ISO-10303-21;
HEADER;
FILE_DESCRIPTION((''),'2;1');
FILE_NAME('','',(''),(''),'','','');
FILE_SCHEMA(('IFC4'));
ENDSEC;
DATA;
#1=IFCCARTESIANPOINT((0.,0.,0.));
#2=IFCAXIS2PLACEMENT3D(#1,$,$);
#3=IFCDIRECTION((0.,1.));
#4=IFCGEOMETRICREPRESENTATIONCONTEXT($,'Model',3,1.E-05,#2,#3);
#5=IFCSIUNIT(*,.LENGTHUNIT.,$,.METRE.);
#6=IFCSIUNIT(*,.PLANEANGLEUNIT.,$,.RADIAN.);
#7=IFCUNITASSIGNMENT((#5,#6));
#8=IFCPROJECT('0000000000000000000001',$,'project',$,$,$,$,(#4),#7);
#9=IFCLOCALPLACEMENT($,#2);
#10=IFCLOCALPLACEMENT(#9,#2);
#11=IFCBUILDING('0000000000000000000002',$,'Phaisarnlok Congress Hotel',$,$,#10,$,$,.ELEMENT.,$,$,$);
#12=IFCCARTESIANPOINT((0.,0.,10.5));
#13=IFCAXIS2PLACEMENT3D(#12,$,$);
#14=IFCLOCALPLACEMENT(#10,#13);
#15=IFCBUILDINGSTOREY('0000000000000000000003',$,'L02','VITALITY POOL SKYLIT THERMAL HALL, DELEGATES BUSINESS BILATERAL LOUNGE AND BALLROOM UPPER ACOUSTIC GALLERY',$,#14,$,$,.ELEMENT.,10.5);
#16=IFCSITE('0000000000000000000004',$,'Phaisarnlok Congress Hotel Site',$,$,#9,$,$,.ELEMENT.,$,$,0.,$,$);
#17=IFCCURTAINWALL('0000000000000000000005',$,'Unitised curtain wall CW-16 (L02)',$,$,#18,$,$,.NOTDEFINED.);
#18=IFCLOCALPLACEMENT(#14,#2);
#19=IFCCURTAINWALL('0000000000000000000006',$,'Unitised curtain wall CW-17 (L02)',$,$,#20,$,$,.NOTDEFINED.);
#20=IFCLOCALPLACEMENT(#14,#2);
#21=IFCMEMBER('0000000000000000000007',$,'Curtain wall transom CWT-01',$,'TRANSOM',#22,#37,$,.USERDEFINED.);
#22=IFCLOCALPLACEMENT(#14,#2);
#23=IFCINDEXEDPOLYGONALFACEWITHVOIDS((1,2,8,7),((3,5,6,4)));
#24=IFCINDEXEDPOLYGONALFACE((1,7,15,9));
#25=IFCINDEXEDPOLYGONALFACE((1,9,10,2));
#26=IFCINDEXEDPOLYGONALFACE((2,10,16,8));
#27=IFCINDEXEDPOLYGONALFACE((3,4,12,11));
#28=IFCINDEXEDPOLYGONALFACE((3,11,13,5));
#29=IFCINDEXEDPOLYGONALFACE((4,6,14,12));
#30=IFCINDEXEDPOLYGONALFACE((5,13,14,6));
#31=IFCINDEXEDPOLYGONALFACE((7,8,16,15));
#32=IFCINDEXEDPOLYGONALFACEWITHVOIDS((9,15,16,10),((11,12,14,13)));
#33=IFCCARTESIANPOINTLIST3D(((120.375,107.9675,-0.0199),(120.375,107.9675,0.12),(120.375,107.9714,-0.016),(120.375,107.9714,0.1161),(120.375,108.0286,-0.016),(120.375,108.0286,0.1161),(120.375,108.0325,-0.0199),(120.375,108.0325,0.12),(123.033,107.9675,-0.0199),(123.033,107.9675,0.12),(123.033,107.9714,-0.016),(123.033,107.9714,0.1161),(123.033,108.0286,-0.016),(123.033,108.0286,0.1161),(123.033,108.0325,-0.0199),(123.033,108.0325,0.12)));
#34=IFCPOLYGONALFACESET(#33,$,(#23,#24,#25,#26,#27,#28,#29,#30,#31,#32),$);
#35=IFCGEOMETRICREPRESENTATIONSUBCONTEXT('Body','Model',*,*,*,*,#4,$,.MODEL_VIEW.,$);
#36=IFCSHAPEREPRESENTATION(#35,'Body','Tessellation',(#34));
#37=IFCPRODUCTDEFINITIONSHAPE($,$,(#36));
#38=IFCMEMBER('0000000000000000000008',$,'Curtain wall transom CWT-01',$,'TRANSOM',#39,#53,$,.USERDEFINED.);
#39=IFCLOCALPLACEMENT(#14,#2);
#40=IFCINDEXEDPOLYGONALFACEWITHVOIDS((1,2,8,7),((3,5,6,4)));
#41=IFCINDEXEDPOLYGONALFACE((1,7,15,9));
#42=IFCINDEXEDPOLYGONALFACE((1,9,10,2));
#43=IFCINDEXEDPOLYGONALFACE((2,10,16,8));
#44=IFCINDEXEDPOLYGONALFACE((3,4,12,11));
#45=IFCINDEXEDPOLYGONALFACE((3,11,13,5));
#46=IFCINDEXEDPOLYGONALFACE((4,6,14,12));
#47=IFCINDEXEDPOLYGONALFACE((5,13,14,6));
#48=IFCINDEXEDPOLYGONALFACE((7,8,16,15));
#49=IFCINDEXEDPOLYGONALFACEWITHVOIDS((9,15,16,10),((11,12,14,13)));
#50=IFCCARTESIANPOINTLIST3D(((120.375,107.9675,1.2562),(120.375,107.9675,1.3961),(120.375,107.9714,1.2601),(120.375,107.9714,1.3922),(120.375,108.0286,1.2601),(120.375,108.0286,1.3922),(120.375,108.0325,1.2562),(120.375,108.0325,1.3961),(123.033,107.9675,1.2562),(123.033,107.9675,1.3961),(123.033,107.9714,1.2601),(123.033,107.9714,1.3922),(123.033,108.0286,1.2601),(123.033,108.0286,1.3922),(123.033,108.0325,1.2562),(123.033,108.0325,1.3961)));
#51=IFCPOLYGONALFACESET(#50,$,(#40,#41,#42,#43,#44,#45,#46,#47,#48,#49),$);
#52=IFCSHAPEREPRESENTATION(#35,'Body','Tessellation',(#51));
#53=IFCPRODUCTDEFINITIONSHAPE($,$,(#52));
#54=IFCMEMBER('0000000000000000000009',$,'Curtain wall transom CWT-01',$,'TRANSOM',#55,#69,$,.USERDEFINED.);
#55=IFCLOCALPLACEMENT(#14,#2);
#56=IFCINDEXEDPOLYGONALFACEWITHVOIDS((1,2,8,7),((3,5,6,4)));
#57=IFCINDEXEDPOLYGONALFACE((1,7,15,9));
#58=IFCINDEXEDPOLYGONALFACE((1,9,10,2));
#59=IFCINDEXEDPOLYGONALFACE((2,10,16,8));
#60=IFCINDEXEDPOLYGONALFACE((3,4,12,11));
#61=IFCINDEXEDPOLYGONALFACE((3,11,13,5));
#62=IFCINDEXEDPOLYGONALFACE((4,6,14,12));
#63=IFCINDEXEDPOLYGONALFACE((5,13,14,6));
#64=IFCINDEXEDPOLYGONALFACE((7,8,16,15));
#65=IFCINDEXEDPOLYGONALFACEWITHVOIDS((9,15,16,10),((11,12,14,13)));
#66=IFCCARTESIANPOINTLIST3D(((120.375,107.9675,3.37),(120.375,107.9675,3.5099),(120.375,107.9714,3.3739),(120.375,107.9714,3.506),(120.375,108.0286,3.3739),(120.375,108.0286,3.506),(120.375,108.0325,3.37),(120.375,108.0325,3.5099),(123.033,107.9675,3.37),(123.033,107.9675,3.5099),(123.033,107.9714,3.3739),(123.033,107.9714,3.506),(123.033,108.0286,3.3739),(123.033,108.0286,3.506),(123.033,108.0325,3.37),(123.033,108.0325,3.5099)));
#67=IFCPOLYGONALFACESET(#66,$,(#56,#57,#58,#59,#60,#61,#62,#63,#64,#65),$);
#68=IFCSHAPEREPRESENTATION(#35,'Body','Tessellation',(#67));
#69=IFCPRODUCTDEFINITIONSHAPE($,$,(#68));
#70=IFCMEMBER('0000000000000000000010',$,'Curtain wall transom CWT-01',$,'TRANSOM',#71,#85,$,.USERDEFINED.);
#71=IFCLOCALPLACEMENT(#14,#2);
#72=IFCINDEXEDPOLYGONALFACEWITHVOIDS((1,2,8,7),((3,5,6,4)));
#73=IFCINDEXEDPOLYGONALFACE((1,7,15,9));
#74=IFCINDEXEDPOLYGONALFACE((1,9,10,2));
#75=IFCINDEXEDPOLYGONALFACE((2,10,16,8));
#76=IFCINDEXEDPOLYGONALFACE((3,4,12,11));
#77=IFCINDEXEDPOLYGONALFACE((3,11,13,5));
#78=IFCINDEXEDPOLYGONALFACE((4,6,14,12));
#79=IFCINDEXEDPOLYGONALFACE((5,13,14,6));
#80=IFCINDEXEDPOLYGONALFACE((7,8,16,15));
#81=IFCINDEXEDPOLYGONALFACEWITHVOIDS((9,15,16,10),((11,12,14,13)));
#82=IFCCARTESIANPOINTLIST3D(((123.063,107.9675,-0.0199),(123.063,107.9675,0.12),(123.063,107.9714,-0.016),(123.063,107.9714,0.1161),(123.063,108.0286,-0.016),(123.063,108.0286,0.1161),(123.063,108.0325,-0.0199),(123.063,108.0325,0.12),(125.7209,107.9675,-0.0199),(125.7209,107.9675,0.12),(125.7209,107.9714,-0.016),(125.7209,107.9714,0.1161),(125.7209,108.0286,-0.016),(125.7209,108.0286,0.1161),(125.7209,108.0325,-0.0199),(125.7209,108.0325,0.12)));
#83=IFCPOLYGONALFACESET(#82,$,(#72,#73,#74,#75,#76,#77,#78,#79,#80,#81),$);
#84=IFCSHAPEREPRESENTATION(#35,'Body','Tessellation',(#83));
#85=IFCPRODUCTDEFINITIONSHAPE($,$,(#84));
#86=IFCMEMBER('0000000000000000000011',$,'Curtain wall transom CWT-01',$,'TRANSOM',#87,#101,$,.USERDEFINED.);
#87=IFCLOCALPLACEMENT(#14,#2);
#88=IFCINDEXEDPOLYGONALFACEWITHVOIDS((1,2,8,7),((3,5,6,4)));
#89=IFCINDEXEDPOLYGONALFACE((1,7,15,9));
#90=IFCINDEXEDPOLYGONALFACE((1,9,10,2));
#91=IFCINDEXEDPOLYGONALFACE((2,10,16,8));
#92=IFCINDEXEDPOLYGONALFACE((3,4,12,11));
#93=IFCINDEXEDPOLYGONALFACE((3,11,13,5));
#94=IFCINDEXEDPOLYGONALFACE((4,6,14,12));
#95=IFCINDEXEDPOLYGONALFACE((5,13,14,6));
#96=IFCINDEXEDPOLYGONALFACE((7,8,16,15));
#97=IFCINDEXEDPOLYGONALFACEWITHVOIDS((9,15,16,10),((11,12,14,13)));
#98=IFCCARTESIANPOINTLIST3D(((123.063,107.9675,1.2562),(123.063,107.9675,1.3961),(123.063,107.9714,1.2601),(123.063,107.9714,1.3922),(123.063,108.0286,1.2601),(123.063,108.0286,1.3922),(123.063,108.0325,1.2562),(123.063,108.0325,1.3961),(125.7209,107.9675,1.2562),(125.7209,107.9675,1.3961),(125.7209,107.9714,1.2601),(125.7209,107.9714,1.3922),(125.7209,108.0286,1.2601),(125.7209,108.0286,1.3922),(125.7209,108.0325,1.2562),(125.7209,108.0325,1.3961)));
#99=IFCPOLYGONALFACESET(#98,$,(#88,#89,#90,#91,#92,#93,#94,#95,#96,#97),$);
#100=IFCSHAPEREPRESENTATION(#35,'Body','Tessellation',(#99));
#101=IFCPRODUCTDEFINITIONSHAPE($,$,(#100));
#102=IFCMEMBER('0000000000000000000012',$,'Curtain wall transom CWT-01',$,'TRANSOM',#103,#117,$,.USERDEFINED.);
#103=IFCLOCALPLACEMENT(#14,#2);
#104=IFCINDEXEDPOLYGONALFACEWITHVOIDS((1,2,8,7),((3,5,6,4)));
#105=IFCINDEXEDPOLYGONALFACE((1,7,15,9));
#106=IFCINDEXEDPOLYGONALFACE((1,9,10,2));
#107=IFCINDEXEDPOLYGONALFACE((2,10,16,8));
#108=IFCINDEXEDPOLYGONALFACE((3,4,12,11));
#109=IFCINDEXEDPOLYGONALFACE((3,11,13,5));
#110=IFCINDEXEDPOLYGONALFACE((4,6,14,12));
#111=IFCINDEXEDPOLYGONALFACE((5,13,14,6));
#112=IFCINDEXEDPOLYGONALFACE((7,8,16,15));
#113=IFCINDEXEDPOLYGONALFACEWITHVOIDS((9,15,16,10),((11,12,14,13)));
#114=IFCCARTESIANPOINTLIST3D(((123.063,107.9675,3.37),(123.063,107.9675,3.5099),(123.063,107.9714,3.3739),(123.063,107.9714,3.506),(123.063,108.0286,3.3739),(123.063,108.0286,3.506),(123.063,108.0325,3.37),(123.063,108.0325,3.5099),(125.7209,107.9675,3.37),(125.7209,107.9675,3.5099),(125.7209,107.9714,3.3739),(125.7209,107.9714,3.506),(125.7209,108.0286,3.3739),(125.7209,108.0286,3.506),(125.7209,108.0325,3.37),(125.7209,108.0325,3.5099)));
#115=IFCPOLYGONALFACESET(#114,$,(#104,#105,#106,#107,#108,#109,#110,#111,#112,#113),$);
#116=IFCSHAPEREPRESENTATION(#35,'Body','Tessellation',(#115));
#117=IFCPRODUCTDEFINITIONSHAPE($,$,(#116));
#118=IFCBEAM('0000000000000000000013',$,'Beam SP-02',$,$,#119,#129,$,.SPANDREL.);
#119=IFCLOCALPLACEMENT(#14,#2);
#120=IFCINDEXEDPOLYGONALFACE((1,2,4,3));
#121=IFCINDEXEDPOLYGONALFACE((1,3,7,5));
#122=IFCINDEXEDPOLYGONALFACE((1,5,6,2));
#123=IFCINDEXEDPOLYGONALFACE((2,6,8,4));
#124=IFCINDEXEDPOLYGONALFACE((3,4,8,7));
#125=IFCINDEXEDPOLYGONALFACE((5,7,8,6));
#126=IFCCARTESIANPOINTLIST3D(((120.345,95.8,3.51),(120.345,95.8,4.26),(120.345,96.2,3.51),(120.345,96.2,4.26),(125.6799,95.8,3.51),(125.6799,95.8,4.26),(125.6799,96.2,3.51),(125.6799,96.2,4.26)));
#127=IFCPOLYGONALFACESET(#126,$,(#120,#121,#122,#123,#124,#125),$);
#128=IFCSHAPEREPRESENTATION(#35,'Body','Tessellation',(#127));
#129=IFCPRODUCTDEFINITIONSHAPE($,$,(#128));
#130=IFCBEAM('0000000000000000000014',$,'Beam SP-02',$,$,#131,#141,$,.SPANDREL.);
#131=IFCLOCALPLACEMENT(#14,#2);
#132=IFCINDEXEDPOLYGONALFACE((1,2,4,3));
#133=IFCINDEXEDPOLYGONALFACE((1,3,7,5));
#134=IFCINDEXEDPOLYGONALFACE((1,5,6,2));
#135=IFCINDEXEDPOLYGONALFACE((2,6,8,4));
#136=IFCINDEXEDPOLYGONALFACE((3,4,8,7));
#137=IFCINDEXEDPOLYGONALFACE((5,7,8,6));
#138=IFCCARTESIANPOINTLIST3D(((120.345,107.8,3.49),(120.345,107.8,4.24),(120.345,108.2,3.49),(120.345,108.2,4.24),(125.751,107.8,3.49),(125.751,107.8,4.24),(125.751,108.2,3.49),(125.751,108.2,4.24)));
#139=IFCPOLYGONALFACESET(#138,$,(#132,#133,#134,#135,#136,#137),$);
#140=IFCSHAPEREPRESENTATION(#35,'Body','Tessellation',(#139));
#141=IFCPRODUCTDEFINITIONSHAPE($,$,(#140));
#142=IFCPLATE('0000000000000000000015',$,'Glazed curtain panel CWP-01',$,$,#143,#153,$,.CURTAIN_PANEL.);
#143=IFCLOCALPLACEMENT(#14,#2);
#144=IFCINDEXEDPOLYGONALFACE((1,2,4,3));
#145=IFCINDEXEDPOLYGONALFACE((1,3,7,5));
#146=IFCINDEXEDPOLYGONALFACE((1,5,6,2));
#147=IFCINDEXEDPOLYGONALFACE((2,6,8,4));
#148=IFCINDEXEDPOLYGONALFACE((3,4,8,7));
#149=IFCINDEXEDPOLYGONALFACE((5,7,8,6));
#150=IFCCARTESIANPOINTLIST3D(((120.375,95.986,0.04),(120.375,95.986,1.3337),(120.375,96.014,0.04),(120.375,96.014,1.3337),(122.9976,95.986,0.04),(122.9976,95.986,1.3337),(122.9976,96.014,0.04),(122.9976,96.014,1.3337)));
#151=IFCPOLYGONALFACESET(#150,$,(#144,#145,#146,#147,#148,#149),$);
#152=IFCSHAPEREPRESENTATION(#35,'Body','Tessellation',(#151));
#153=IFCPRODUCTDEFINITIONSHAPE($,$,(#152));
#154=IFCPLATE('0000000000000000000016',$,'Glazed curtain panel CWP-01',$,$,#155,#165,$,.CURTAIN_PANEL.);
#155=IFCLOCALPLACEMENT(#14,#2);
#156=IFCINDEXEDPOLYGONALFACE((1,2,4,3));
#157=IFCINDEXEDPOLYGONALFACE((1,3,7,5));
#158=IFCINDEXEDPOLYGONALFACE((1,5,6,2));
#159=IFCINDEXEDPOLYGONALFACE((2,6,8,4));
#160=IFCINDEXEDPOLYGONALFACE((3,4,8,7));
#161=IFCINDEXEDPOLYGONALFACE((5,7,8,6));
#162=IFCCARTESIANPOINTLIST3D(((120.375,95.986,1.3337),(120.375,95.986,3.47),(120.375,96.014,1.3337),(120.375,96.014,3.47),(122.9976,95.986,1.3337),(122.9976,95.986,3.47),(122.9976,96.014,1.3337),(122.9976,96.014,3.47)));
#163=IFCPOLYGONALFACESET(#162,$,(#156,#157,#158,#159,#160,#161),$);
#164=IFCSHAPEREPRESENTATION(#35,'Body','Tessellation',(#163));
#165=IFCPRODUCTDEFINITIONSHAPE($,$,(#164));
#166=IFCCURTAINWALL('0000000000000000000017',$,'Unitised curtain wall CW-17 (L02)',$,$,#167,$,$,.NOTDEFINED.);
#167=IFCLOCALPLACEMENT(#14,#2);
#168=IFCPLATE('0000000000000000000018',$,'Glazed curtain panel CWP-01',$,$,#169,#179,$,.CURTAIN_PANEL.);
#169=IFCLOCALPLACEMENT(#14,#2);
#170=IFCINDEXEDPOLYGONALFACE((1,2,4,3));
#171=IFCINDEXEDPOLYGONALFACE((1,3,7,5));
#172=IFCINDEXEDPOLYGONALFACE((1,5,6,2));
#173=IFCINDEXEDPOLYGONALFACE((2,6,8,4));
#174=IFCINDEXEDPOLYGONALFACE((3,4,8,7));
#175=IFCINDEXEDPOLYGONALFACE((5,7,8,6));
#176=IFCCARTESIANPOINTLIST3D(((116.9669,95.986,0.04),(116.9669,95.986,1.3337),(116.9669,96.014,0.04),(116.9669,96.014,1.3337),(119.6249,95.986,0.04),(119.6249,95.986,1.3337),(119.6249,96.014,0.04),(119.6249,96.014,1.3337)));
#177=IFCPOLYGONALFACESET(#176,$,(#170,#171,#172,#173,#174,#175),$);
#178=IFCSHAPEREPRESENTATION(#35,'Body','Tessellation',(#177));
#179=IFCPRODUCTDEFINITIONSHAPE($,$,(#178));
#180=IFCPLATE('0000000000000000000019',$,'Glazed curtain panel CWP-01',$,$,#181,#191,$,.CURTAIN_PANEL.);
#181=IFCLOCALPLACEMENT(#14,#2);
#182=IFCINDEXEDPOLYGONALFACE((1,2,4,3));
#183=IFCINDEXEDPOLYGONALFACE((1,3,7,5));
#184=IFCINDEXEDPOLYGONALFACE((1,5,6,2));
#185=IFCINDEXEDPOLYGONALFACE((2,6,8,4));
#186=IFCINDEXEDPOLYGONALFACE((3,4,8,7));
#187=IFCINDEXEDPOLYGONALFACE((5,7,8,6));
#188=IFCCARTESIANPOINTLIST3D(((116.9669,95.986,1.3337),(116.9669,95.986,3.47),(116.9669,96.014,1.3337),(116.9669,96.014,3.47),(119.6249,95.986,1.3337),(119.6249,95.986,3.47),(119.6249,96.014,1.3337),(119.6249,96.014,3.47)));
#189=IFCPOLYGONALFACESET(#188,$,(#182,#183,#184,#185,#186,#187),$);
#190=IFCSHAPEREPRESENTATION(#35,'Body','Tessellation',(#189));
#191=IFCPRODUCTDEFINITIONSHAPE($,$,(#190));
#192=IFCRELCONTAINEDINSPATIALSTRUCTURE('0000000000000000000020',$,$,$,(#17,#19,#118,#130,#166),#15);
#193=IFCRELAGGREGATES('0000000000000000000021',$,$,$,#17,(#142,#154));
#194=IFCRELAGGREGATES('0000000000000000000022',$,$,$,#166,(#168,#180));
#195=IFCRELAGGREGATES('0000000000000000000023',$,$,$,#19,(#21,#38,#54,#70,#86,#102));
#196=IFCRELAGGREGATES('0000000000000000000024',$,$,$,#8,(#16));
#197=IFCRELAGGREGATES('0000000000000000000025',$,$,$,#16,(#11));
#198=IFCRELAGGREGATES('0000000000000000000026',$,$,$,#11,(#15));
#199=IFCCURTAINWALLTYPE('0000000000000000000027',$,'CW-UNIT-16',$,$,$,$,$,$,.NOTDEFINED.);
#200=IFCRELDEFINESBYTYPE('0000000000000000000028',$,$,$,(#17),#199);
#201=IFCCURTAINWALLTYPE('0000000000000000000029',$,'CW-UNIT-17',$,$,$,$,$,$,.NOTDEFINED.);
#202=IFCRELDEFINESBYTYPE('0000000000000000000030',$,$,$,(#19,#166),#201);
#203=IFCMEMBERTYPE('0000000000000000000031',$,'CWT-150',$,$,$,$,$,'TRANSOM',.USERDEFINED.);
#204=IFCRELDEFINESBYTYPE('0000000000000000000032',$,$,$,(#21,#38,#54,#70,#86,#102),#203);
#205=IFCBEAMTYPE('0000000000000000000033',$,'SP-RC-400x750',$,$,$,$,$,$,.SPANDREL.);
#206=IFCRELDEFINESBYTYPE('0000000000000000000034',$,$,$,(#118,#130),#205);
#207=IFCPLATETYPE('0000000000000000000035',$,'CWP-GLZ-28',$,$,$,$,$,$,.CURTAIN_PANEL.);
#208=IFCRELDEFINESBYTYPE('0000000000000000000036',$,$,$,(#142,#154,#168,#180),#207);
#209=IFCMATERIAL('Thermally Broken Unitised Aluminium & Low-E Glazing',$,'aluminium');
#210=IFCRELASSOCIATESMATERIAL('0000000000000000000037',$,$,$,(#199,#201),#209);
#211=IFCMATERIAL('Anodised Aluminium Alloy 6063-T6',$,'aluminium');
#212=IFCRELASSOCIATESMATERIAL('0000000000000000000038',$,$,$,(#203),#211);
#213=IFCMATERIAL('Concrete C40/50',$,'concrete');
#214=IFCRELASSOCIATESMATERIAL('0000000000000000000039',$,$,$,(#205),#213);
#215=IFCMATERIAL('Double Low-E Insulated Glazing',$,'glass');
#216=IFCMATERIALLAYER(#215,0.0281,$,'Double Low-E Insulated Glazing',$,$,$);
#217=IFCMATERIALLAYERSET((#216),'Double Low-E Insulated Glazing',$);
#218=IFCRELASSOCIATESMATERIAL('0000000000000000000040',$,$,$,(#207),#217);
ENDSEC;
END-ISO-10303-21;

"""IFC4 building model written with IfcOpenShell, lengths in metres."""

from ifc_helpers import new_model, si_unit, direction, frame, frame_2d, origin, origin_2d, place, context, subcontext, project, spatial, rectangle, hollow_rectangle, extrude, material, layer, layer_set, material_profile, profile_set, type_object, element, aggregate, save


model = new_model("IFC4")

# Units and contexts
model_context = context("Model", 3, precision=1e-05, world=origin(), true_north=direction((0.0, 1.0)))
body_context = subcontext(model_context, "Body", "Model", "MODEL_VIEW")
ifc_project = project(units=[si_unit("LENGTHUNIT", "METRE"), si_unit("PLANEANGLEUNIT", "RADIAN")], contexts=[model_context])

# Site, building, storey
site_placement = place(None, origin())
site = spatial("IfcSite", under=ifc_project, at=site_placement, Name="Phaisarnlok Congress Hotel Site", CompositionType="ELEMENT", RefElevation=0.0)
building_placement = place(site_placement, origin())
building = spatial("IfcBuilding", under=site, at=building_placement, Name="Phaisarnlok Congress Hotel", CompositionType="ELEMENT")
storey_placement = place(building_placement, frame((0.0, 0.0, 10.5)))
storey = spatial("IfcBuildingStorey", under=building, at=storey_placement, Name="L02", Description="VITALITY POOL SKYLIT THERMAL HALL, DELEGATES BUSINESS BILATERAL LOUNGE AND BALLROOM UPPER ACOUSTIC GALLERY", CompositionType="ELEMENT", Elevation=10.5)

# Curtain walls
ifc_material_1 = material(Name="Thermally Broken Unitised Aluminium & Low-E Glazing", Category="aluminium")
curtain_wall_type_1 = type_object("IfcCurtainWallType", Name="CW-UNIT-16", PredefinedType="NOTDEFINED", material=ifc_material_1)
curtain_wall_1_placement = place(storey_placement, origin())
curtain_wall_1 = element("IfcCurtainWall", 1, at=curtain_wall_1_placement, inside=storey, type_object=curtain_wall_type_1, Name="Unitised curtain wall CW-16 (L02)", PredefinedType="NOTDEFINED")
ifc_material_2 = material(Name="Anodised Aluminium Alloy 6063-T6", Category="aluminium")
curtain_wall_type_2 = type_object("IfcCurtainWallType", Name="CW-UNIT-17", PredefinedType="NOTDEFINED", material=ifc_material_1)
curtain_wall_2_placement = place(storey_placement, origin())
curtain_wall_2 = element("IfcCurtainWall", 2, at=curtain_wall_2_placement, inside=storey, type_object=curtain_wall_type_2, Name="Unitised curtain wall CW-17 (L02)", PredefinedType="NOTDEFINED")

# Members
ifc_material_profile_1 = material_profile(ifc_material_2, hollow_rectangle(XDim=0.0649, YDim=0.1399, WallThickness=0.0039, at=origin_2d()), Name="ALU-T 65x140x4")
ifc_profile_set_1 = profile_set([ifc_material_profile_1], Name="Anodised Aluminium Alloy 6063-T6")
member_type_1 = type_object("IfcMemberType", Name="CWT-150", ElementType="TRANSOM", PredefinedType="USERDEFINED", material=ifc_profile_set_1)
member_1_placement = place(storey_placement, frame((120.375, 108.0, 0.05), z_axis=(1.0, 0.0, 0.0), x_axis=(0.0, 1.0, 0.0)))
member_1 = element("IfcMember", 3, at=member_1_placement, type_object=member_type_1, Name="Curtain wall transom CWT-01", ObjectType="TRANSOM", PredefinedType="USERDEFINED", context=body_context, shape_type="SweptSolid", body=[
    extrude(hollow_rectangle(XDim=0.0649, YDim=0.1399, WallThickness=0.0039, at=origin_2d()), origin(), (0.0, 0.0, 1.0), 2.658),
])
member_2_placement = place(storey_placement, frame((120.375, 108.0, 1.3262), z_axis=(1.0, 0.0, 0.0), x_axis=(0.0, 1.0, 0.0)))
member_2 = element("IfcMember", 4, at=member_2_placement, type_object=member_type_1, Name="Curtain wall transom CWT-01", ObjectType="TRANSOM", PredefinedType="USERDEFINED", context=body_context, shape_type="SweptSolid", body=[
    extrude(hollow_rectangle(XDim=0.0649, YDim=0.1399, WallThickness=0.0039, at=origin_2d()), origin(), (0.0, 0.0, 1.0), 2.658),
])
member_3_placement = place(storey_placement, frame((120.375, 108.0, 3.4399), z_axis=(1.0, 0.0, 0.0), x_axis=(0.0, 1.0, 0.0)))
member_3 = element("IfcMember", 5, at=member_3_placement, type_object=member_type_1, Name="Curtain wall transom CWT-01", ObjectType="TRANSOM", PredefinedType="USERDEFINED", context=body_context, shape_type="SweptSolid", body=[
    extrude(hollow_rectangle(XDim=0.0649, YDim=0.1399, WallThickness=0.0039, at=origin_2d()), origin(), (0.0, 0.0, 1.0), 2.658),
])
member_4_placement = place(storey_placement, frame((123.063, 108.0, 0.05), z_axis=(1.0, 0.0, 0.0), x_axis=(0.0, 1.0, 0.0)))
member_4 = element("IfcMember", 6, at=member_4_placement, type_object=member_type_1, Name="Curtain wall transom CWT-01", ObjectType="TRANSOM", PredefinedType="USERDEFINED", context=body_context, shape_type="SweptSolid", body=[
    extrude(hollow_rectangle(XDim=0.0649, YDim=0.1399, WallThickness=0.0039, at=origin_2d()), origin(), (0.0, 0.0, 1.0), 2.658),
])
member_5_placement = place(storey_placement, frame((123.063, 108.0, 1.3262), z_axis=(1.0, 0.0, 0.0), x_axis=(0.0, 1.0, 0.0)))
member_5 = element("IfcMember", 7, at=member_5_placement, type_object=member_type_1, Name="Curtain wall transom CWT-01", ObjectType="TRANSOM", PredefinedType="USERDEFINED", context=body_context, shape_type="SweptSolid", body=[
    extrude(hollow_rectangle(XDim=0.0649, YDim=0.1399, WallThickness=0.0039, at=origin_2d()), origin(), (0.0, 0.0, 1.0), 2.658),
])
member_6_placement = place(storey_placement, frame((123.063, 108.0, 3.4399), z_axis=(1.0, 0.0, 0.0), x_axis=(0.0, 1.0, 0.0)))
member_6 = element("IfcMember", 8, at=member_6_placement, type_object=member_type_1, Name="Curtain wall transom CWT-01", ObjectType="TRANSOM", PredefinedType="USERDEFINED", context=body_context, shape_type="SweptSolid", body=[
    extrude(hollow_rectangle(XDim=0.0649, YDim=0.1399, WallThickness=0.0039, at=origin_2d()), origin(), (0.0, 0.0, 1.0), 2.658),
])

# Beams
ifc_material_3 = material(Name="Concrete C40/50", Category="concrete")
ifc_material_profile_2 = material_profile(ifc_material_3, rectangle(XDim=0.3999, YDim=0.75, at=origin_2d()), Name="RC 400x750")
ifc_profile_set_2 = profile_set([ifc_material_profile_2], Name="Concrete C40/50")
beam_type = type_object("IfcBeamType", Name="SP-RC-400x750", PredefinedType="SPANDREL", material=ifc_profile_set_2)
beam_1_placement = place(storey_placement, frame((120.345, 96.0, 3.885), z_axis=(1.0, 0.0, 0.0), x_axis=(0.0, 1.0, 0.0)))
element("IfcBeam", 9, at=beam_1_placement, inside=storey, type_object=beam_type, Name="Beam SP-02", PredefinedType="SPANDREL", context=body_context, shape_type="SweptSolid", body=[
    extrude(rectangle(XDim=0.3999, YDim=0.75, at=origin_2d()), origin(), (0.0, 0.0, 1.0), 5.335),
])
beam_2_placement = place(storey_placement, frame((120.345, 108.0, 3.865), z_axis=(1.0, 0.0, 0.0), x_axis=(0.0, 1.0, 0.0)))
element("IfcBeam", 10, at=beam_2_placement, inside=storey, type_object=beam_type, Name="Beam SP-02", PredefinedType="SPANDREL", context=body_context, shape_type="SweptSolid", body=[
    extrude(rectangle(XDim=0.3999, YDim=0.75, at=origin_2d()), origin(), (0.0, 0.0, 1.0), 5.406),
])

# Plates
ifc_material_4 = material(Name="Double Low-E Insulated Glazing", Category="glass")
ifc_layer = layer(ifc_material_4, 0.0281, Name="Double Low-E Insulated Glazing")
ifc_layer_set = layer_set([ifc_layer], Name="Double Low-E Insulated Glazing")
plate_type = type_object("IfcPlateType", Name="CWP-GLZ-28", PredefinedType="CURTAIN_PANEL", material=ifc_layer_set)
plate_1_placement = place(storey_placement, frame((122.9976, 96.0, 0.04), z_axis=(0.0, 0.0, 1.0), x_axis=(-1.0, 0.0, 0.0)))
plate_1 = element("IfcPlate", 11, at=plate_1_placement, type_object=plate_type, Name="Glazed curtain panel CWP-01", PredefinedType="CURTAIN_PANEL", context=body_context, shape_type="SweptSolid", body=[
    extrude(rectangle(XDim=2.6226, YDim=0.0281, at=frame_2d((1.3113, 0.0))), origin(), (0.0, 0.0, 1.0), 1.2937),
])
plate_2_placement = place(storey_placement, frame((122.9976, 96.0, 1.3337), z_axis=(0.0, 0.0, 1.0), x_axis=(-1.0, 0.0, 0.0)))
plate_2 = element("IfcPlate", 12, at=plate_2_placement, type_object=plate_type, Name="Glazed curtain panel CWP-01", PredefinedType="CURTAIN_PANEL", context=body_context, shape_type="SweptSolid", body=[
    extrude(rectangle(XDim=2.6226, YDim=0.0281, at=frame_2d((1.3113, 0.0))), origin(), (0.0, 0.0, 1.0), 2.1362),
])
aggregate(curtain_wall_1, [plate_1, plate_2])

# Curtain wall, plates
curtain_wall_3_placement = place(storey_placement, origin())
curtain_wall_3 = element("IfcCurtainWall", 13, at=curtain_wall_3_placement, inside=storey, type_object=curtain_wall_type_2, Name="Unitised curtain wall CW-17 (L02)", PredefinedType="NOTDEFINED")
plate_3_placement = place(storey_placement, frame((119.625, 96.0, 0.04), z_axis=(0.0, 0.0, 1.0), x_axis=(-1.0, 0.0, 0.0)))
plate_3 = element("IfcPlate", 14, at=plate_3_placement, type_object=plate_type, Name="Glazed curtain panel CWP-01", PredefinedType="CURTAIN_PANEL", context=body_context, shape_type="SweptSolid", body=[
    extrude(rectangle(XDim=2.658, YDim=0.0281, at=frame_2d((1.3291, 0.0))), origin(), (0.0, 0.0, 1.0), 1.2937),
])
plate_4_placement = place(storey_placement, frame((119.625, 96.0, 1.3337), z_axis=(0.0, 0.0, 1.0), x_axis=(-1.0, 0.0, 0.0)))
plate_4 = element("IfcPlate", 15, at=plate_4_placement, type_object=plate_type, Name="Glazed curtain panel CWP-01", PredefinedType="CURTAIN_PANEL", context=body_context, shape_type="SweptSolid", body=[
    extrude(rectangle(XDim=2.658, YDim=0.0281, at=frame_2d((1.3291, 0.0))), origin(), (0.0, 0.0, 1.0), 2.1362),
])
aggregate(curtain_wall_3, [plate_3, plate_4])

aggregate(curtain_wall_2, [member_1, member_2, member_3, member_4, member_5, member_6])

save(model, "model.ifc")
